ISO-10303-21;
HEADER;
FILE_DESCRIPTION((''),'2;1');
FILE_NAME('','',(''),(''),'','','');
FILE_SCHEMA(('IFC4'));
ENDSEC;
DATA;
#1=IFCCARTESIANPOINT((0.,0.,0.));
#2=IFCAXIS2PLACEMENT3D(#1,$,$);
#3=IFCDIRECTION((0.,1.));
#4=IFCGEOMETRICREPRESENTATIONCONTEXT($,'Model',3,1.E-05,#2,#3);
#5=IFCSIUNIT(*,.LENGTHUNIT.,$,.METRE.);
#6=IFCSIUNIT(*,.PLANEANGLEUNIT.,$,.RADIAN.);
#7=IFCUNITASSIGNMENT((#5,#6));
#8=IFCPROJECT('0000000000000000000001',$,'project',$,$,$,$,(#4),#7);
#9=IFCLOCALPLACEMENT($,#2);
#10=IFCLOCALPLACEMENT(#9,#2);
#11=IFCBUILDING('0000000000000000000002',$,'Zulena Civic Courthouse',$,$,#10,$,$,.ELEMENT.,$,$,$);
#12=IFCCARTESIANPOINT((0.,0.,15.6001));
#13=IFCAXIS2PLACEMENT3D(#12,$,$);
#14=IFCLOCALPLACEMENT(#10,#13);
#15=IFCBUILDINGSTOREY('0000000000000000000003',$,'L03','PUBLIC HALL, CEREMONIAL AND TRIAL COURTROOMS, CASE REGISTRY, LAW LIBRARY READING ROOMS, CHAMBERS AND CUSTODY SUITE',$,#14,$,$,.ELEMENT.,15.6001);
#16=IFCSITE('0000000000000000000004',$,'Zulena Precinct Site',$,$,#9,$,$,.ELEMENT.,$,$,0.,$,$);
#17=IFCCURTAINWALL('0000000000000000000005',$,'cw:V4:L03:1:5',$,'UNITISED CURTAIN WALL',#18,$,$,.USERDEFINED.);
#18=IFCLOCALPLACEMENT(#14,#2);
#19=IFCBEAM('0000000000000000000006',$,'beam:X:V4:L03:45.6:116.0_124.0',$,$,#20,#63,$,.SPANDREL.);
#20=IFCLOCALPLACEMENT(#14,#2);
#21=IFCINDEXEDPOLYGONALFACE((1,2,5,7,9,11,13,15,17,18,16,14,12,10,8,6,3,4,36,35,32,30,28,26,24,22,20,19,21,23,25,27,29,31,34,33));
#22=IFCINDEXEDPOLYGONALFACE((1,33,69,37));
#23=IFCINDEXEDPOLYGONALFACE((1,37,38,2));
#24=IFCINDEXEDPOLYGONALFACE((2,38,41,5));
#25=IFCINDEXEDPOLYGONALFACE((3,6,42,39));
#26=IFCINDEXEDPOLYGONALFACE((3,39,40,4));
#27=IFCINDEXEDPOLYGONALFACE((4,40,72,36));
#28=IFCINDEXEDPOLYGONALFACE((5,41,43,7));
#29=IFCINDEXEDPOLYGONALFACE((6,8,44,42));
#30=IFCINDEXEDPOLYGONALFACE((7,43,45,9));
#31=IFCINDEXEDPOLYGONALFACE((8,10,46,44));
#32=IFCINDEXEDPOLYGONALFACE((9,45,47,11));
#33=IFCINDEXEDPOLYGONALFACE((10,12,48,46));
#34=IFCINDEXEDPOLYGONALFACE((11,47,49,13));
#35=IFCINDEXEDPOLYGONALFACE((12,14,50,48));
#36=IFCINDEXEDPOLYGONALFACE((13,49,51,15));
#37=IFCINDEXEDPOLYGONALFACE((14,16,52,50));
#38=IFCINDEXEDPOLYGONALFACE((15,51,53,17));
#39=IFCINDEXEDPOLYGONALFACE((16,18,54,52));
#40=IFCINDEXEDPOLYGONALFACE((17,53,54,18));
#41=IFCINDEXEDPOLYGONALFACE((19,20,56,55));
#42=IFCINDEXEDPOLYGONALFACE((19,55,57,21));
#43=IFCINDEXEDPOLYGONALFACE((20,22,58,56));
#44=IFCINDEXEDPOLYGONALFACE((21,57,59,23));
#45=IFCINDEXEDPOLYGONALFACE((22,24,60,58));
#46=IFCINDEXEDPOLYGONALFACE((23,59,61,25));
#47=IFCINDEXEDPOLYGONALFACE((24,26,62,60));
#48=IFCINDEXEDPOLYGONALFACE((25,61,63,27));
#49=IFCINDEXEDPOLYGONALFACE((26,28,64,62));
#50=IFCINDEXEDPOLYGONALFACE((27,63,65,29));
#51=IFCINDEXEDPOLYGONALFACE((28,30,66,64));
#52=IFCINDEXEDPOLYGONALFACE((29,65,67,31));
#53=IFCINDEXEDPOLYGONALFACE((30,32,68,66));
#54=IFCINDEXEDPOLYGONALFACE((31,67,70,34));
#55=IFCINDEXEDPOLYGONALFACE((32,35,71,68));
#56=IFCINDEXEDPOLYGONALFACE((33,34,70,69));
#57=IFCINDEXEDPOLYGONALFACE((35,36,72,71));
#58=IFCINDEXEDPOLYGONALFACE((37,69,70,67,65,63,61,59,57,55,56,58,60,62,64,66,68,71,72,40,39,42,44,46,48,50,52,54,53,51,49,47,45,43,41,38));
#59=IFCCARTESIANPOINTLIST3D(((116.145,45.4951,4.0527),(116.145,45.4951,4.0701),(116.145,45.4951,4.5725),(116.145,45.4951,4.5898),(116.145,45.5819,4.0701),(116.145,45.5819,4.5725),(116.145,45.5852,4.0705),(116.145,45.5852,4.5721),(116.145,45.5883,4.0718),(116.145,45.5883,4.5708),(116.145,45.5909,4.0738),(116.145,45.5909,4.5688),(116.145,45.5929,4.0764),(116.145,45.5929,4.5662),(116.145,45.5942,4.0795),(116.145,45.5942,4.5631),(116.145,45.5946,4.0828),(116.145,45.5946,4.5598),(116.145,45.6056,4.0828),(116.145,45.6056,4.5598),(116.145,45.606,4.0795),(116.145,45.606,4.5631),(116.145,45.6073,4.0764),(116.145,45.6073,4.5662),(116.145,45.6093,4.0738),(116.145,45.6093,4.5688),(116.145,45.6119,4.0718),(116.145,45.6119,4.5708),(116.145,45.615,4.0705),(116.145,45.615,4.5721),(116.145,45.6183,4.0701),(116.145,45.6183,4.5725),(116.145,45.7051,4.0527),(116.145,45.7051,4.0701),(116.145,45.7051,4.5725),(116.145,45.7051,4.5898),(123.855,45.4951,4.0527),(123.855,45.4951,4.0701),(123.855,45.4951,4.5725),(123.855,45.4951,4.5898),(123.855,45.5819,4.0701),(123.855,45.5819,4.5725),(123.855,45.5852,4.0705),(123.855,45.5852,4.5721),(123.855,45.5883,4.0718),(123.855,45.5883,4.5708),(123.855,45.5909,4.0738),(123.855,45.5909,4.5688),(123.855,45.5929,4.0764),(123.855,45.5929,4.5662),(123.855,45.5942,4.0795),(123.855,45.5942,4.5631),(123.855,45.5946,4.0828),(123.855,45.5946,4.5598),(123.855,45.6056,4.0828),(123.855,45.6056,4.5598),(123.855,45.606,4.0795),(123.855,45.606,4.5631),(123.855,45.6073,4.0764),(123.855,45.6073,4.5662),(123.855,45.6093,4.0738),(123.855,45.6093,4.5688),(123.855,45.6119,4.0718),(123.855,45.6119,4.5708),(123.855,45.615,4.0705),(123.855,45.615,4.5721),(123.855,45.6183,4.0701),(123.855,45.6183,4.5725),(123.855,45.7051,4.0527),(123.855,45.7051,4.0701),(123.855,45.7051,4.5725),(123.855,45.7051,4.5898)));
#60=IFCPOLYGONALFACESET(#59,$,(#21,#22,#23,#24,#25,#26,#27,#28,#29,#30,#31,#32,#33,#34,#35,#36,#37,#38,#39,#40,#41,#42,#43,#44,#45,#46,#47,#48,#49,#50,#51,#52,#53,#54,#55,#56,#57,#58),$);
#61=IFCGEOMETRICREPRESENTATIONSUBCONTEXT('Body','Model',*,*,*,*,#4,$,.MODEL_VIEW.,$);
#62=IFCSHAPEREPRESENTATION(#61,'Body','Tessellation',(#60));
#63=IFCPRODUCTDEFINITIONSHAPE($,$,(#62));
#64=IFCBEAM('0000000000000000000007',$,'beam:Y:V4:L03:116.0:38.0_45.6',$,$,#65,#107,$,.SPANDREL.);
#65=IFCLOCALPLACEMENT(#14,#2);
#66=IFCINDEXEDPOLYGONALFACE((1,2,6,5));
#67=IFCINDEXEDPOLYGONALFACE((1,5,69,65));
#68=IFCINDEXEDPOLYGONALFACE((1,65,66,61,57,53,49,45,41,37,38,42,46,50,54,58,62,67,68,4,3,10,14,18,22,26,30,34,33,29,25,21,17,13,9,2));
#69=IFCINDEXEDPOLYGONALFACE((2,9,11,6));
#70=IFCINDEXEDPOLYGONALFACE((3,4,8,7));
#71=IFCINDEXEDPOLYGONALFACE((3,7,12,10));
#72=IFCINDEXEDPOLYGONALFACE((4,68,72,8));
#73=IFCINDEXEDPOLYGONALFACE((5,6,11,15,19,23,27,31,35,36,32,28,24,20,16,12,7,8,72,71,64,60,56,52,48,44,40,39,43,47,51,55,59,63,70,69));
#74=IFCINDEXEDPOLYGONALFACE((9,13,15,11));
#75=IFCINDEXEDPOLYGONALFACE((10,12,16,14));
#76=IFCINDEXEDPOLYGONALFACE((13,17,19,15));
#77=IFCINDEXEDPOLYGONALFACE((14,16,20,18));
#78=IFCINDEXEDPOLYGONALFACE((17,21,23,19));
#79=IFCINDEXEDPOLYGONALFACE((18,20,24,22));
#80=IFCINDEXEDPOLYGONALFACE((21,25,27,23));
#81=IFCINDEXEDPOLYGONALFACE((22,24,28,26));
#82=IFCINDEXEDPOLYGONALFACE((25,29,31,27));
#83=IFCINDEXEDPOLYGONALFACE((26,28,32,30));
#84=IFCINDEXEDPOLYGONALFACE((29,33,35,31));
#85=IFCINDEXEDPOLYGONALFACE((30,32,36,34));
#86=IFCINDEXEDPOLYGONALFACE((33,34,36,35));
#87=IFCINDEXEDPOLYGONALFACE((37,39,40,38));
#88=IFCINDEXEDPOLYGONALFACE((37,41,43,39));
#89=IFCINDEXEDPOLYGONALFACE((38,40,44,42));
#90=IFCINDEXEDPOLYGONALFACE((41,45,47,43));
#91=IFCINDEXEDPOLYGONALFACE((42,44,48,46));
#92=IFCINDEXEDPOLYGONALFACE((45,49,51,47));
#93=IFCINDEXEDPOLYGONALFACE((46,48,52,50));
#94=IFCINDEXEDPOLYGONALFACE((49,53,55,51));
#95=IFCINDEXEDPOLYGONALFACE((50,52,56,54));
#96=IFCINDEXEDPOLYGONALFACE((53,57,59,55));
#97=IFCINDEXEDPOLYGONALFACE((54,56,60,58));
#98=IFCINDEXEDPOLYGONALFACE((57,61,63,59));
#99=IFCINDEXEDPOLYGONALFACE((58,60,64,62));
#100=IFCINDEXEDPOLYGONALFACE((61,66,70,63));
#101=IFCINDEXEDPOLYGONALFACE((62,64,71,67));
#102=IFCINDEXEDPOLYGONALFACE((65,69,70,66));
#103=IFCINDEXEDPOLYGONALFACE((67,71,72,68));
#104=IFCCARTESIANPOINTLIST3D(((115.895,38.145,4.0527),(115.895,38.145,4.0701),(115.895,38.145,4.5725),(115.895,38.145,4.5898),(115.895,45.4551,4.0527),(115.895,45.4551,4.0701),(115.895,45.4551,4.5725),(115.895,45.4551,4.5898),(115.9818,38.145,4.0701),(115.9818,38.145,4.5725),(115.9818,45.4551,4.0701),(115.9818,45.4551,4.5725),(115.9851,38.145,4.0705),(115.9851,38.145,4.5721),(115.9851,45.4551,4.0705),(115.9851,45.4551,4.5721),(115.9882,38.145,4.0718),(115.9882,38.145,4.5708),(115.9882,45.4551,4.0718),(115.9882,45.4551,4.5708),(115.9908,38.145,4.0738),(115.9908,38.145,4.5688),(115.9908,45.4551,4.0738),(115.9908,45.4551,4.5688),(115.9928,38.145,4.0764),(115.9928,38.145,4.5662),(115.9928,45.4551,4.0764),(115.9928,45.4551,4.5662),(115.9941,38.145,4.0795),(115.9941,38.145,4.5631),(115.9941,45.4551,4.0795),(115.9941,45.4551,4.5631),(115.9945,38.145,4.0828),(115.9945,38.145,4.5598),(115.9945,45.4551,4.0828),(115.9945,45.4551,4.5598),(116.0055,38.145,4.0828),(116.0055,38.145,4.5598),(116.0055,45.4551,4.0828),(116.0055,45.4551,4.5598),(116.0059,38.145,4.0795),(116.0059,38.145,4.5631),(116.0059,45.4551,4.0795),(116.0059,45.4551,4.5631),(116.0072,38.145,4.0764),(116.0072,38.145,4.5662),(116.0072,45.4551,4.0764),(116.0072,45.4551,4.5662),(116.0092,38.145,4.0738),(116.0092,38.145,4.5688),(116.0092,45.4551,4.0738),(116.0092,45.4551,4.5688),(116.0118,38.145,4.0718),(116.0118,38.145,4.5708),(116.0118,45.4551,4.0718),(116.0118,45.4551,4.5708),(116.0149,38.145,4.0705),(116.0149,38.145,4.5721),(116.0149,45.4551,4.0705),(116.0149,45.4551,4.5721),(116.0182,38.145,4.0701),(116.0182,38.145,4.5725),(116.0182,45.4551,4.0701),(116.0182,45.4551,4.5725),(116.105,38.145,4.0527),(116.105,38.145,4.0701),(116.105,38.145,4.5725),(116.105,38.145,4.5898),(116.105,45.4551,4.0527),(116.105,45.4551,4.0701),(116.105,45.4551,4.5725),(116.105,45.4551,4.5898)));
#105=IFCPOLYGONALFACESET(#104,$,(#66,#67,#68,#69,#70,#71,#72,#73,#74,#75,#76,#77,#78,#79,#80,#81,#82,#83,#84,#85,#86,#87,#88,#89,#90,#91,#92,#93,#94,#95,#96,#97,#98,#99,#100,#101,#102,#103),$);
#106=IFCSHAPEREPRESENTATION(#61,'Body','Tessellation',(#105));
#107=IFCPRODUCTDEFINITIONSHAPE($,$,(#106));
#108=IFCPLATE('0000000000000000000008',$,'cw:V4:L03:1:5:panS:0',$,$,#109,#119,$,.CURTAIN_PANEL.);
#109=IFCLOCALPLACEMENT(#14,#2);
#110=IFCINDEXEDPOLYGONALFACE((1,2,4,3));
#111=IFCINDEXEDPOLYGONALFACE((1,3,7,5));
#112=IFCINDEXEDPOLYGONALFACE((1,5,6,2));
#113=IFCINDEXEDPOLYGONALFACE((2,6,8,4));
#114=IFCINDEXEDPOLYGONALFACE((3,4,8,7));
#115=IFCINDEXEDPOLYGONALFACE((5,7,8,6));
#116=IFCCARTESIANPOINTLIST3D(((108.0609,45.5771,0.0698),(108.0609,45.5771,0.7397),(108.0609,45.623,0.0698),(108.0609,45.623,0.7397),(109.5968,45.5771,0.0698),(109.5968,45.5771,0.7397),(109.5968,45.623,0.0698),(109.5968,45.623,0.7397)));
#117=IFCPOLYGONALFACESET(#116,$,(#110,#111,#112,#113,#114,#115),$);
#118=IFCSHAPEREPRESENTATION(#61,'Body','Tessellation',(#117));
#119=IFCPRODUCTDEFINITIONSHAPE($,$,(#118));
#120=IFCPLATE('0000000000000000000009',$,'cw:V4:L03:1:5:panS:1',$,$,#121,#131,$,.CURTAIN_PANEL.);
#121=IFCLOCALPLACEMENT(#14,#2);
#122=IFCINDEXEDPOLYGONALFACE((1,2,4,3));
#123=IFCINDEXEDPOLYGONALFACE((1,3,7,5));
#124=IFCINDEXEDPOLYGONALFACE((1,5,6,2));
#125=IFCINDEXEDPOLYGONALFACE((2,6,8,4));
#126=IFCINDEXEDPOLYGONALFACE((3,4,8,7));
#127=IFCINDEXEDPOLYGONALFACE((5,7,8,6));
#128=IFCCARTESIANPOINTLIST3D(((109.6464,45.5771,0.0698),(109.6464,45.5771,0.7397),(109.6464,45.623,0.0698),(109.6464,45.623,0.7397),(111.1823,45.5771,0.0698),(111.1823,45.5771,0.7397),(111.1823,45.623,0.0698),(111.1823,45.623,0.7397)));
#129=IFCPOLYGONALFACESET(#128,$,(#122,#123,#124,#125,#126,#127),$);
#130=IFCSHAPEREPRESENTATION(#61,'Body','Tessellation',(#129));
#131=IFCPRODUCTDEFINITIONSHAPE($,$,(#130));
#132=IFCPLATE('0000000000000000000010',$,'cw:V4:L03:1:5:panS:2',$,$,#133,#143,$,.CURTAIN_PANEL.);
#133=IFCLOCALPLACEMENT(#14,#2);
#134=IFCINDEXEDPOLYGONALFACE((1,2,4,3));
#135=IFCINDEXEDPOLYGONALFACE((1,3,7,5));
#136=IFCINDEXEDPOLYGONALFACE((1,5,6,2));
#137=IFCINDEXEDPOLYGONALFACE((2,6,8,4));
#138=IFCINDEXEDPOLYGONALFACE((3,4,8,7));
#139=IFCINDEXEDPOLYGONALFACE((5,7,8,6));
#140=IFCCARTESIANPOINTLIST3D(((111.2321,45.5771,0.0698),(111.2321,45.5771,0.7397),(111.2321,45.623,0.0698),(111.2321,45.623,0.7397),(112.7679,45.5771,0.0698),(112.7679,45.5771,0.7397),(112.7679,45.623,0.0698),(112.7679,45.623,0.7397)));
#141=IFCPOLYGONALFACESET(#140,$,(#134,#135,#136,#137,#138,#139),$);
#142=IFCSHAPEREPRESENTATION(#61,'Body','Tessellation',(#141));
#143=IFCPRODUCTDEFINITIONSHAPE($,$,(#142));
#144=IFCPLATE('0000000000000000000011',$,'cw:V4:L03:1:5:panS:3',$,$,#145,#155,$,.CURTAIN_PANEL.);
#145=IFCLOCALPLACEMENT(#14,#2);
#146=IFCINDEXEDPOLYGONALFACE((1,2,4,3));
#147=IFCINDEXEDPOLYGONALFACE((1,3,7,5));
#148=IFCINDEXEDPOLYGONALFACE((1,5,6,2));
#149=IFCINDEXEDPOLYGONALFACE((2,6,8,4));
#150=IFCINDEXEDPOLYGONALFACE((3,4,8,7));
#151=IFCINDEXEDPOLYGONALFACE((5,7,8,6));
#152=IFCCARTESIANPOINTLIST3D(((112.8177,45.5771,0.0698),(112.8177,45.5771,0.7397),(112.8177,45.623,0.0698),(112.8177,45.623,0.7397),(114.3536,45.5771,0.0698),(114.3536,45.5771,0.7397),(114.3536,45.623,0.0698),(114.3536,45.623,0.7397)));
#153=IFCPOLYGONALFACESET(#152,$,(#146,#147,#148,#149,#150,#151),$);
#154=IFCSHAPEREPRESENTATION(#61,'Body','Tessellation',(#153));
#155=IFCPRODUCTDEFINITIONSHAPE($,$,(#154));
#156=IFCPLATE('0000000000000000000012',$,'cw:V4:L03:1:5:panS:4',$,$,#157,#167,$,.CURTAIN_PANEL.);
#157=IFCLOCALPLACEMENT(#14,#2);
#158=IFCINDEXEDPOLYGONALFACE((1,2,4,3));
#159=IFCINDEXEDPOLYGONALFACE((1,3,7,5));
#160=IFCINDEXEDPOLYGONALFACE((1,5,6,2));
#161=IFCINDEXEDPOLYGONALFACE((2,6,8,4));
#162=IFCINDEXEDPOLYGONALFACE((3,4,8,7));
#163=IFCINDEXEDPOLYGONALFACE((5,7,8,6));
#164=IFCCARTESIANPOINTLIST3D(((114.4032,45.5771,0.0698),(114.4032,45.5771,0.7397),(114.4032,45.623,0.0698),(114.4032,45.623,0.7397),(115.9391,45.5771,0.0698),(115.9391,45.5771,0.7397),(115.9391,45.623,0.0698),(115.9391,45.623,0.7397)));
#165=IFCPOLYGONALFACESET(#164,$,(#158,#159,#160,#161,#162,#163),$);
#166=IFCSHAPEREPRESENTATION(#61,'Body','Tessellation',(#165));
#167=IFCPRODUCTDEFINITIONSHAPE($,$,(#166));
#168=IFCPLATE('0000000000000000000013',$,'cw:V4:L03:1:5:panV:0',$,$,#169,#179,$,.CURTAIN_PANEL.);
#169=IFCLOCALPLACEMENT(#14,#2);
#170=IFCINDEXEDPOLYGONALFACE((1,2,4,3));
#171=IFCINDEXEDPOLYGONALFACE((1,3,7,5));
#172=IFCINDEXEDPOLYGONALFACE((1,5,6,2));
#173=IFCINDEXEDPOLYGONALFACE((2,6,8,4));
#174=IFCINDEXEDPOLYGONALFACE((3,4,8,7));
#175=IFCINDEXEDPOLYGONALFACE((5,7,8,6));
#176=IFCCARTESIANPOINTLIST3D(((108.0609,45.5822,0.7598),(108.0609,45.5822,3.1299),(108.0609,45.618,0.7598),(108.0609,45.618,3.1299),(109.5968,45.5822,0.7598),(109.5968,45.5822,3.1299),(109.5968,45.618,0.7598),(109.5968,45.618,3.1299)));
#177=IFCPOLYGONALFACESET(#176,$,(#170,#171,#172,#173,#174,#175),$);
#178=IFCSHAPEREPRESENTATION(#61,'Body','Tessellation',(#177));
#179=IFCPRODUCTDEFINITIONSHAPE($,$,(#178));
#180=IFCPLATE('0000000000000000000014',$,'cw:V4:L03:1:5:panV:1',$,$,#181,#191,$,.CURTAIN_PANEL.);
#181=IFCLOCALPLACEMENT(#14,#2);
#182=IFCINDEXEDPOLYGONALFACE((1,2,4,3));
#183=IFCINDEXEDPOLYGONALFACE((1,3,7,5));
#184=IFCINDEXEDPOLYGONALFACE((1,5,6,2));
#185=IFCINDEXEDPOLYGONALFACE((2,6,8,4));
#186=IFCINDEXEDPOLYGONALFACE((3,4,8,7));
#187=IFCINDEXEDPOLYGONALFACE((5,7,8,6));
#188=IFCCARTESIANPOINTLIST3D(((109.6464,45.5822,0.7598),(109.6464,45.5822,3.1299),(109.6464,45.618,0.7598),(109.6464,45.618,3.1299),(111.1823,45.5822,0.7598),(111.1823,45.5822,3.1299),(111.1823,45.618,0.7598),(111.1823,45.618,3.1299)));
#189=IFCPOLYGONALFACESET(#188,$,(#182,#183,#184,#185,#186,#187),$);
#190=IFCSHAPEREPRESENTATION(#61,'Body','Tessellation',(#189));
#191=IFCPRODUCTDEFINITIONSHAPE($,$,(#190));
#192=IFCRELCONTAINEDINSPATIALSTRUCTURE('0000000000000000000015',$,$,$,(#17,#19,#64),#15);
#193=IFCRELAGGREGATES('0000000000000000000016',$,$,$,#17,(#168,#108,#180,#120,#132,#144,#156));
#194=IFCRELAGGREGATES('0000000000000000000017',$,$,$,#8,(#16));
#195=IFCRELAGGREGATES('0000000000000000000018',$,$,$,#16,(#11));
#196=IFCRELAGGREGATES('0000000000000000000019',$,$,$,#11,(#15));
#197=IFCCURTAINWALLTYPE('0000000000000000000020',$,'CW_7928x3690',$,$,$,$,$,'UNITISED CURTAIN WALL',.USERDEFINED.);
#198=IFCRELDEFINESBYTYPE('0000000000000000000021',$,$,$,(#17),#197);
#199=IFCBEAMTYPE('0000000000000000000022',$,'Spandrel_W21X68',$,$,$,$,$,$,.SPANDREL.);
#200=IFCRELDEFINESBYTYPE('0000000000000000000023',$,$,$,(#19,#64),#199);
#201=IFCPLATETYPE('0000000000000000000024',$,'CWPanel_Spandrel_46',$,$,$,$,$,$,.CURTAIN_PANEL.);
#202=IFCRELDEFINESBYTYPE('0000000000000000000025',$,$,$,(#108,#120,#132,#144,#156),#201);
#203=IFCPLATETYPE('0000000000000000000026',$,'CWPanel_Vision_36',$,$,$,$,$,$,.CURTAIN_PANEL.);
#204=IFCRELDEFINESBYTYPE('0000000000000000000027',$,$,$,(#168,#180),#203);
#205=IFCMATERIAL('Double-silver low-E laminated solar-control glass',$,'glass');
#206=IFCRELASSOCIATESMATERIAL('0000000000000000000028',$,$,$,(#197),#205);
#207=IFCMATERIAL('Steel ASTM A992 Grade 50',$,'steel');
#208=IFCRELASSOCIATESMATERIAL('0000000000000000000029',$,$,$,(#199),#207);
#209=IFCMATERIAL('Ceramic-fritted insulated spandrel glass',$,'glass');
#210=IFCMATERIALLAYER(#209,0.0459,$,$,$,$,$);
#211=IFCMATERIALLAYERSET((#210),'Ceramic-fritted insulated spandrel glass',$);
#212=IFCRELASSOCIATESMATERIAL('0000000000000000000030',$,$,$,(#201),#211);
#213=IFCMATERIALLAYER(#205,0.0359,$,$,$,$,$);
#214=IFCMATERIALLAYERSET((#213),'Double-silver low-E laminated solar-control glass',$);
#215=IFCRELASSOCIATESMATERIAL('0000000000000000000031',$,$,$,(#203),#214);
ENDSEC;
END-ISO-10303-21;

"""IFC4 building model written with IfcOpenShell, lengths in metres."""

from ifc_helpers import new_model, si_unit, direction, frame, origin, origin_2d, place, context, subcontext, project, spatial, rectangle, i_section, extrude, material, layer, layer_set, material_profile, profile_set, type_object, element, aggregate, save


model = new_model("IFC4")

# Units and contexts
model_context = context("Model", 3, precision=1e-05, world=origin(), true_north=direction((0.0, 1.0)))
body_context = subcontext(model_context, "Body", "Model", "MODEL_VIEW")
ifc_project = project(units=[si_unit("LENGTHUNIT", "METRE"), si_unit("PLANEANGLEUNIT", "RADIAN")], contexts=[model_context])

# Site, building, storey
site_placement = place(None, origin())
site = spatial("IfcSite", under=ifc_project, at=site_placement, Name="Zulena Precinct Site", CompositionType="ELEMENT", RefElevation=0.0)
building_placement = place(site_placement, origin())
building = spatial("IfcBuilding", under=site, at=building_placement, Name="Zulena Civic Courthouse", CompositionType="ELEMENT")
storey_placement = place(building_placement, frame((0.0, 0.0, 15.6001)))
storey = spatial("IfcBuildingStorey", under=building, at=storey_placement, Name="L03", Description="PUBLIC HALL, CEREMONIAL AND TRIAL COURTROOMS, CASE REGISTRY, LAW LIBRARY READING ROOMS, CHAMBERS AND CUSTODY SUITE", CompositionType="ELEMENT", Elevation=15.6001)

# Shared definitions
ifc_material_1 = material(Name="Steel ASTM A992 Grade 50", Category="steel")

# Curtain wall
ifc_material_2 = material(Name="Double-silver low-E laminated solar-control glass", Category="glass")
curtain_wall_type = type_object("IfcCurtainWallType", Name="CW_7928x3690", ElementType="UNITISED CURTAIN WALL", PredefinedType="USERDEFINED", material=ifc_material_2)
curtain_wall_1_placement = place(storey_placement, origin())
curtain_wall_1 = element("IfcCurtainWall", 1, at=curtain_wall_1_placement, inside=storey, type_object=curtain_wall_type, Name="cw:V4:L03:1:5", ObjectType="UNITISED CURTAIN WALL", PredefinedType="USERDEFINED")

# Beams
ifc_material_profile_1 = material_profile(ifc_material_1, i_section(OverallWidth=0.21, OverallDepth=0.5371, WebThickness=0.011, FlangeThickness=0.0173, FilletRadius=0.0127, at=origin_2d()), Name="W21X68")
ifc_profile_set_1 = profile_set([ifc_material_profile_1], Name="Steel ASTM A992 Grade 50")
beam_type_1 = type_object("IfcBeamType", Name="Spandrel_W21X68", PredefinedType="SPANDREL", material=ifc_profile_set_1)
for number, where, z_axis, x_axis, name in (
    (2, (116.145, 45.6001, 4.3213), (1.0, 0.0, 0.0), (0.0, 1.0, 0.0), "beam:X:V4:L03:45.6:116.0_124.0"),
):
    element("IfcBeam", number, at=place(storey_placement, frame(where, z_axis=z_axis, x_axis=x_axis)), inside=storey, type_object=beam_type_1, Name=name, PredefinedType="SPANDREL", context=body_context, shape_type="SweptSolid", body=[
        extrude(i_section(OverallWidth=0.21, OverallDepth=0.5371, WebThickness=0.011, FlangeThickness=0.0173, FilletRadius=0.0127, at=origin_2d()), origin(), (0.0, 0.0, 1.0), 7.71),
    ])
beam_1_placement = place(storey_placement, frame((116.0, 38.145, 4.3213), z_axis=(0.0, 1.0, 0.0), x_axis=(-1.0, 0.0, 0.0)))
element("IfcBeam", 3, at=beam_1_placement, inside=storey, type_object=beam_type_1, Name="beam:Y:V4:L03:116.0:38.0_45.6", PredefinedType="SPANDREL", context=body_context, shape_type="SweptSolid", body=[
    extrude(i_section(OverallWidth=0.21, OverallDepth=0.5371, WebThickness=0.011, FlangeThickness=0.0173, FilletRadius=0.0127, at=origin_2d()), origin(), (0.0, 0.0, 1.0), 7.3101),
])

# Plates
ifc_material_3 = material(Name="Ceramic-fritted insulated spandrel glass", Category="glass")
ifc_layer_1 = layer(ifc_material_3, 0.0459)
ifc_layer_set_1 = layer_set([ifc_layer_1], Name="Ceramic-fritted insulated spandrel glass")
plate_type_1 = type_object("IfcPlateType", Name="CWPanel_Spandrel_46", PredefinedType="CURTAIN_PANEL", material=ifc_layer_set_1)
plate_1_placement = place(storey_placement, frame((108.8289, 45.6001, 0.0698), z_axis=(0.0, 0.0, 1.0), x_axis=(1.0, 0.0, 0.0)))
plate_1 = element("IfcPlate", 4, at=plate_1_placement, type_object=plate_type_1, Name="cw:V4:L03:1:5:panS:0", PredefinedType="CURTAIN_PANEL", context=body_context, shape_type="SweptSolid", body=[
    extrude(rectangle(XDim=1.5359, YDim=0.0459, at=origin_2d()), origin(), (0.0, 0.0, 1.0), 0.6699),
])
plate_2_placement = place(storey_placement, frame((110.4143, 45.6001, 0.0698), z_axis=(0.0, 0.0, 1.0), x_axis=(1.0, 0.0, 0.0)))
plate_2 = element("IfcPlate", 5, at=plate_2_placement, type_object=plate_type_1, Name="cw:V4:L03:1:5:panS:1", PredefinedType="CURTAIN_PANEL", context=body_context, shape_type="SweptSolid", body=[
    extrude(rectangle(XDim=1.5359, YDim=0.0459, at=origin_2d()), origin(), (0.0, 0.0, 1.0), 0.6699),
])
plate_3_placement = place(storey_placement, frame((112.0, 45.6001, 0.0698), z_axis=(0.0, 0.0, 1.0), x_axis=(1.0, 0.0, 0.0)))
plate_3 = element("IfcPlate", 6, at=plate_3_placement, type_object=plate_type_1, Name="cw:V4:L03:1:5:panS:2", PredefinedType="CURTAIN_PANEL", context=body_context, shape_type="SweptSolid", body=[
    extrude(rectangle(XDim=1.5359, YDim=0.0459, at=origin_2d()), origin(), (0.0, 0.0, 1.0), 0.6699),
])
plate_4_placement = place(storey_placement, frame((113.5857, 45.6001, 0.0698), z_axis=(0.0, 0.0, 1.0), x_axis=(1.0, 0.0, 0.0)))
plate_4 = element("IfcPlate", 7, at=plate_4_placement, type_object=plate_type_1, Name="cw:V4:L03:1:5:panS:3", PredefinedType="CURTAIN_PANEL", context=body_context, shape_type="SweptSolid", body=[
    extrude(rectangle(XDim=1.5359, YDim=0.0459, at=origin_2d()), origin(), (0.0, 0.0, 1.0), 0.6699),
])
plate_5_placement = place(storey_placement, frame((115.1711, 45.6001, 0.0698), z_axis=(0.0, 0.0, 1.0), x_axis=(1.0, 0.0, 0.0)))
plate_5 = element("IfcPlate", 8, at=plate_5_placement, type_object=plate_type_1, Name="cw:V4:L03:1:5:panS:4", PredefinedType="CURTAIN_PANEL", context=body_context, shape_type="SweptSolid", body=[
    extrude(rectangle(XDim=1.5359, YDim=0.0459, at=origin_2d()), origin(), (0.0, 0.0, 1.0), 0.6699),
])
ifc_layer_2 = layer(ifc_material_2, 0.0359)
ifc_layer_set_2 = layer_set([ifc_layer_2], Name="Double-silver low-E laminated solar-control glass")
plate_type_2 = type_object("IfcPlateType", Name="CWPanel_Vision_36", PredefinedType="CURTAIN_PANEL", material=ifc_layer_set_2)
plate_6_placement = place(storey_placement, frame((108.8289, 45.6001, 0.7598), z_axis=(0.0, 0.0, 1.0), x_axis=(1.0, 0.0, 0.0)))
plate_6 = element("IfcPlate", 9, at=plate_6_placement, type_object=plate_type_2, Name="cw:V4:L03:1:5:panV:0", PredefinedType="CURTAIN_PANEL", context=body_context, shape_type="SweptSolid", body=[
    extrude(rectangle(XDim=1.5359, YDim=0.0359, at=origin_2d()), origin(), (0.0, 0.0, 1.0), 2.3701),
])
plate_7_placement = place(storey_placement, frame((110.4143, 45.6001, 0.7598), z_axis=(0.0, 0.0, 1.0), x_axis=(1.0, 0.0, 0.0)))
plate_7 = element("IfcPlate", 10, at=plate_7_placement, type_object=plate_type_2, Name="cw:V4:L03:1:5:panV:1", PredefinedType="CURTAIN_PANEL", context=body_context, shape_type="SweptSolid", body=[
    extrude(rectangle(XDim=1.5359, YDim=0.0359, at=origin_2d()), origin(), (0.0, 0.0, 1.0), 2.3701),
])
aggregate(curtain_wall_1, [plate_6, plate_1, plate_7, plate_2, plate_3, plate_4, plate_5])

save(model, "model.ifc")
